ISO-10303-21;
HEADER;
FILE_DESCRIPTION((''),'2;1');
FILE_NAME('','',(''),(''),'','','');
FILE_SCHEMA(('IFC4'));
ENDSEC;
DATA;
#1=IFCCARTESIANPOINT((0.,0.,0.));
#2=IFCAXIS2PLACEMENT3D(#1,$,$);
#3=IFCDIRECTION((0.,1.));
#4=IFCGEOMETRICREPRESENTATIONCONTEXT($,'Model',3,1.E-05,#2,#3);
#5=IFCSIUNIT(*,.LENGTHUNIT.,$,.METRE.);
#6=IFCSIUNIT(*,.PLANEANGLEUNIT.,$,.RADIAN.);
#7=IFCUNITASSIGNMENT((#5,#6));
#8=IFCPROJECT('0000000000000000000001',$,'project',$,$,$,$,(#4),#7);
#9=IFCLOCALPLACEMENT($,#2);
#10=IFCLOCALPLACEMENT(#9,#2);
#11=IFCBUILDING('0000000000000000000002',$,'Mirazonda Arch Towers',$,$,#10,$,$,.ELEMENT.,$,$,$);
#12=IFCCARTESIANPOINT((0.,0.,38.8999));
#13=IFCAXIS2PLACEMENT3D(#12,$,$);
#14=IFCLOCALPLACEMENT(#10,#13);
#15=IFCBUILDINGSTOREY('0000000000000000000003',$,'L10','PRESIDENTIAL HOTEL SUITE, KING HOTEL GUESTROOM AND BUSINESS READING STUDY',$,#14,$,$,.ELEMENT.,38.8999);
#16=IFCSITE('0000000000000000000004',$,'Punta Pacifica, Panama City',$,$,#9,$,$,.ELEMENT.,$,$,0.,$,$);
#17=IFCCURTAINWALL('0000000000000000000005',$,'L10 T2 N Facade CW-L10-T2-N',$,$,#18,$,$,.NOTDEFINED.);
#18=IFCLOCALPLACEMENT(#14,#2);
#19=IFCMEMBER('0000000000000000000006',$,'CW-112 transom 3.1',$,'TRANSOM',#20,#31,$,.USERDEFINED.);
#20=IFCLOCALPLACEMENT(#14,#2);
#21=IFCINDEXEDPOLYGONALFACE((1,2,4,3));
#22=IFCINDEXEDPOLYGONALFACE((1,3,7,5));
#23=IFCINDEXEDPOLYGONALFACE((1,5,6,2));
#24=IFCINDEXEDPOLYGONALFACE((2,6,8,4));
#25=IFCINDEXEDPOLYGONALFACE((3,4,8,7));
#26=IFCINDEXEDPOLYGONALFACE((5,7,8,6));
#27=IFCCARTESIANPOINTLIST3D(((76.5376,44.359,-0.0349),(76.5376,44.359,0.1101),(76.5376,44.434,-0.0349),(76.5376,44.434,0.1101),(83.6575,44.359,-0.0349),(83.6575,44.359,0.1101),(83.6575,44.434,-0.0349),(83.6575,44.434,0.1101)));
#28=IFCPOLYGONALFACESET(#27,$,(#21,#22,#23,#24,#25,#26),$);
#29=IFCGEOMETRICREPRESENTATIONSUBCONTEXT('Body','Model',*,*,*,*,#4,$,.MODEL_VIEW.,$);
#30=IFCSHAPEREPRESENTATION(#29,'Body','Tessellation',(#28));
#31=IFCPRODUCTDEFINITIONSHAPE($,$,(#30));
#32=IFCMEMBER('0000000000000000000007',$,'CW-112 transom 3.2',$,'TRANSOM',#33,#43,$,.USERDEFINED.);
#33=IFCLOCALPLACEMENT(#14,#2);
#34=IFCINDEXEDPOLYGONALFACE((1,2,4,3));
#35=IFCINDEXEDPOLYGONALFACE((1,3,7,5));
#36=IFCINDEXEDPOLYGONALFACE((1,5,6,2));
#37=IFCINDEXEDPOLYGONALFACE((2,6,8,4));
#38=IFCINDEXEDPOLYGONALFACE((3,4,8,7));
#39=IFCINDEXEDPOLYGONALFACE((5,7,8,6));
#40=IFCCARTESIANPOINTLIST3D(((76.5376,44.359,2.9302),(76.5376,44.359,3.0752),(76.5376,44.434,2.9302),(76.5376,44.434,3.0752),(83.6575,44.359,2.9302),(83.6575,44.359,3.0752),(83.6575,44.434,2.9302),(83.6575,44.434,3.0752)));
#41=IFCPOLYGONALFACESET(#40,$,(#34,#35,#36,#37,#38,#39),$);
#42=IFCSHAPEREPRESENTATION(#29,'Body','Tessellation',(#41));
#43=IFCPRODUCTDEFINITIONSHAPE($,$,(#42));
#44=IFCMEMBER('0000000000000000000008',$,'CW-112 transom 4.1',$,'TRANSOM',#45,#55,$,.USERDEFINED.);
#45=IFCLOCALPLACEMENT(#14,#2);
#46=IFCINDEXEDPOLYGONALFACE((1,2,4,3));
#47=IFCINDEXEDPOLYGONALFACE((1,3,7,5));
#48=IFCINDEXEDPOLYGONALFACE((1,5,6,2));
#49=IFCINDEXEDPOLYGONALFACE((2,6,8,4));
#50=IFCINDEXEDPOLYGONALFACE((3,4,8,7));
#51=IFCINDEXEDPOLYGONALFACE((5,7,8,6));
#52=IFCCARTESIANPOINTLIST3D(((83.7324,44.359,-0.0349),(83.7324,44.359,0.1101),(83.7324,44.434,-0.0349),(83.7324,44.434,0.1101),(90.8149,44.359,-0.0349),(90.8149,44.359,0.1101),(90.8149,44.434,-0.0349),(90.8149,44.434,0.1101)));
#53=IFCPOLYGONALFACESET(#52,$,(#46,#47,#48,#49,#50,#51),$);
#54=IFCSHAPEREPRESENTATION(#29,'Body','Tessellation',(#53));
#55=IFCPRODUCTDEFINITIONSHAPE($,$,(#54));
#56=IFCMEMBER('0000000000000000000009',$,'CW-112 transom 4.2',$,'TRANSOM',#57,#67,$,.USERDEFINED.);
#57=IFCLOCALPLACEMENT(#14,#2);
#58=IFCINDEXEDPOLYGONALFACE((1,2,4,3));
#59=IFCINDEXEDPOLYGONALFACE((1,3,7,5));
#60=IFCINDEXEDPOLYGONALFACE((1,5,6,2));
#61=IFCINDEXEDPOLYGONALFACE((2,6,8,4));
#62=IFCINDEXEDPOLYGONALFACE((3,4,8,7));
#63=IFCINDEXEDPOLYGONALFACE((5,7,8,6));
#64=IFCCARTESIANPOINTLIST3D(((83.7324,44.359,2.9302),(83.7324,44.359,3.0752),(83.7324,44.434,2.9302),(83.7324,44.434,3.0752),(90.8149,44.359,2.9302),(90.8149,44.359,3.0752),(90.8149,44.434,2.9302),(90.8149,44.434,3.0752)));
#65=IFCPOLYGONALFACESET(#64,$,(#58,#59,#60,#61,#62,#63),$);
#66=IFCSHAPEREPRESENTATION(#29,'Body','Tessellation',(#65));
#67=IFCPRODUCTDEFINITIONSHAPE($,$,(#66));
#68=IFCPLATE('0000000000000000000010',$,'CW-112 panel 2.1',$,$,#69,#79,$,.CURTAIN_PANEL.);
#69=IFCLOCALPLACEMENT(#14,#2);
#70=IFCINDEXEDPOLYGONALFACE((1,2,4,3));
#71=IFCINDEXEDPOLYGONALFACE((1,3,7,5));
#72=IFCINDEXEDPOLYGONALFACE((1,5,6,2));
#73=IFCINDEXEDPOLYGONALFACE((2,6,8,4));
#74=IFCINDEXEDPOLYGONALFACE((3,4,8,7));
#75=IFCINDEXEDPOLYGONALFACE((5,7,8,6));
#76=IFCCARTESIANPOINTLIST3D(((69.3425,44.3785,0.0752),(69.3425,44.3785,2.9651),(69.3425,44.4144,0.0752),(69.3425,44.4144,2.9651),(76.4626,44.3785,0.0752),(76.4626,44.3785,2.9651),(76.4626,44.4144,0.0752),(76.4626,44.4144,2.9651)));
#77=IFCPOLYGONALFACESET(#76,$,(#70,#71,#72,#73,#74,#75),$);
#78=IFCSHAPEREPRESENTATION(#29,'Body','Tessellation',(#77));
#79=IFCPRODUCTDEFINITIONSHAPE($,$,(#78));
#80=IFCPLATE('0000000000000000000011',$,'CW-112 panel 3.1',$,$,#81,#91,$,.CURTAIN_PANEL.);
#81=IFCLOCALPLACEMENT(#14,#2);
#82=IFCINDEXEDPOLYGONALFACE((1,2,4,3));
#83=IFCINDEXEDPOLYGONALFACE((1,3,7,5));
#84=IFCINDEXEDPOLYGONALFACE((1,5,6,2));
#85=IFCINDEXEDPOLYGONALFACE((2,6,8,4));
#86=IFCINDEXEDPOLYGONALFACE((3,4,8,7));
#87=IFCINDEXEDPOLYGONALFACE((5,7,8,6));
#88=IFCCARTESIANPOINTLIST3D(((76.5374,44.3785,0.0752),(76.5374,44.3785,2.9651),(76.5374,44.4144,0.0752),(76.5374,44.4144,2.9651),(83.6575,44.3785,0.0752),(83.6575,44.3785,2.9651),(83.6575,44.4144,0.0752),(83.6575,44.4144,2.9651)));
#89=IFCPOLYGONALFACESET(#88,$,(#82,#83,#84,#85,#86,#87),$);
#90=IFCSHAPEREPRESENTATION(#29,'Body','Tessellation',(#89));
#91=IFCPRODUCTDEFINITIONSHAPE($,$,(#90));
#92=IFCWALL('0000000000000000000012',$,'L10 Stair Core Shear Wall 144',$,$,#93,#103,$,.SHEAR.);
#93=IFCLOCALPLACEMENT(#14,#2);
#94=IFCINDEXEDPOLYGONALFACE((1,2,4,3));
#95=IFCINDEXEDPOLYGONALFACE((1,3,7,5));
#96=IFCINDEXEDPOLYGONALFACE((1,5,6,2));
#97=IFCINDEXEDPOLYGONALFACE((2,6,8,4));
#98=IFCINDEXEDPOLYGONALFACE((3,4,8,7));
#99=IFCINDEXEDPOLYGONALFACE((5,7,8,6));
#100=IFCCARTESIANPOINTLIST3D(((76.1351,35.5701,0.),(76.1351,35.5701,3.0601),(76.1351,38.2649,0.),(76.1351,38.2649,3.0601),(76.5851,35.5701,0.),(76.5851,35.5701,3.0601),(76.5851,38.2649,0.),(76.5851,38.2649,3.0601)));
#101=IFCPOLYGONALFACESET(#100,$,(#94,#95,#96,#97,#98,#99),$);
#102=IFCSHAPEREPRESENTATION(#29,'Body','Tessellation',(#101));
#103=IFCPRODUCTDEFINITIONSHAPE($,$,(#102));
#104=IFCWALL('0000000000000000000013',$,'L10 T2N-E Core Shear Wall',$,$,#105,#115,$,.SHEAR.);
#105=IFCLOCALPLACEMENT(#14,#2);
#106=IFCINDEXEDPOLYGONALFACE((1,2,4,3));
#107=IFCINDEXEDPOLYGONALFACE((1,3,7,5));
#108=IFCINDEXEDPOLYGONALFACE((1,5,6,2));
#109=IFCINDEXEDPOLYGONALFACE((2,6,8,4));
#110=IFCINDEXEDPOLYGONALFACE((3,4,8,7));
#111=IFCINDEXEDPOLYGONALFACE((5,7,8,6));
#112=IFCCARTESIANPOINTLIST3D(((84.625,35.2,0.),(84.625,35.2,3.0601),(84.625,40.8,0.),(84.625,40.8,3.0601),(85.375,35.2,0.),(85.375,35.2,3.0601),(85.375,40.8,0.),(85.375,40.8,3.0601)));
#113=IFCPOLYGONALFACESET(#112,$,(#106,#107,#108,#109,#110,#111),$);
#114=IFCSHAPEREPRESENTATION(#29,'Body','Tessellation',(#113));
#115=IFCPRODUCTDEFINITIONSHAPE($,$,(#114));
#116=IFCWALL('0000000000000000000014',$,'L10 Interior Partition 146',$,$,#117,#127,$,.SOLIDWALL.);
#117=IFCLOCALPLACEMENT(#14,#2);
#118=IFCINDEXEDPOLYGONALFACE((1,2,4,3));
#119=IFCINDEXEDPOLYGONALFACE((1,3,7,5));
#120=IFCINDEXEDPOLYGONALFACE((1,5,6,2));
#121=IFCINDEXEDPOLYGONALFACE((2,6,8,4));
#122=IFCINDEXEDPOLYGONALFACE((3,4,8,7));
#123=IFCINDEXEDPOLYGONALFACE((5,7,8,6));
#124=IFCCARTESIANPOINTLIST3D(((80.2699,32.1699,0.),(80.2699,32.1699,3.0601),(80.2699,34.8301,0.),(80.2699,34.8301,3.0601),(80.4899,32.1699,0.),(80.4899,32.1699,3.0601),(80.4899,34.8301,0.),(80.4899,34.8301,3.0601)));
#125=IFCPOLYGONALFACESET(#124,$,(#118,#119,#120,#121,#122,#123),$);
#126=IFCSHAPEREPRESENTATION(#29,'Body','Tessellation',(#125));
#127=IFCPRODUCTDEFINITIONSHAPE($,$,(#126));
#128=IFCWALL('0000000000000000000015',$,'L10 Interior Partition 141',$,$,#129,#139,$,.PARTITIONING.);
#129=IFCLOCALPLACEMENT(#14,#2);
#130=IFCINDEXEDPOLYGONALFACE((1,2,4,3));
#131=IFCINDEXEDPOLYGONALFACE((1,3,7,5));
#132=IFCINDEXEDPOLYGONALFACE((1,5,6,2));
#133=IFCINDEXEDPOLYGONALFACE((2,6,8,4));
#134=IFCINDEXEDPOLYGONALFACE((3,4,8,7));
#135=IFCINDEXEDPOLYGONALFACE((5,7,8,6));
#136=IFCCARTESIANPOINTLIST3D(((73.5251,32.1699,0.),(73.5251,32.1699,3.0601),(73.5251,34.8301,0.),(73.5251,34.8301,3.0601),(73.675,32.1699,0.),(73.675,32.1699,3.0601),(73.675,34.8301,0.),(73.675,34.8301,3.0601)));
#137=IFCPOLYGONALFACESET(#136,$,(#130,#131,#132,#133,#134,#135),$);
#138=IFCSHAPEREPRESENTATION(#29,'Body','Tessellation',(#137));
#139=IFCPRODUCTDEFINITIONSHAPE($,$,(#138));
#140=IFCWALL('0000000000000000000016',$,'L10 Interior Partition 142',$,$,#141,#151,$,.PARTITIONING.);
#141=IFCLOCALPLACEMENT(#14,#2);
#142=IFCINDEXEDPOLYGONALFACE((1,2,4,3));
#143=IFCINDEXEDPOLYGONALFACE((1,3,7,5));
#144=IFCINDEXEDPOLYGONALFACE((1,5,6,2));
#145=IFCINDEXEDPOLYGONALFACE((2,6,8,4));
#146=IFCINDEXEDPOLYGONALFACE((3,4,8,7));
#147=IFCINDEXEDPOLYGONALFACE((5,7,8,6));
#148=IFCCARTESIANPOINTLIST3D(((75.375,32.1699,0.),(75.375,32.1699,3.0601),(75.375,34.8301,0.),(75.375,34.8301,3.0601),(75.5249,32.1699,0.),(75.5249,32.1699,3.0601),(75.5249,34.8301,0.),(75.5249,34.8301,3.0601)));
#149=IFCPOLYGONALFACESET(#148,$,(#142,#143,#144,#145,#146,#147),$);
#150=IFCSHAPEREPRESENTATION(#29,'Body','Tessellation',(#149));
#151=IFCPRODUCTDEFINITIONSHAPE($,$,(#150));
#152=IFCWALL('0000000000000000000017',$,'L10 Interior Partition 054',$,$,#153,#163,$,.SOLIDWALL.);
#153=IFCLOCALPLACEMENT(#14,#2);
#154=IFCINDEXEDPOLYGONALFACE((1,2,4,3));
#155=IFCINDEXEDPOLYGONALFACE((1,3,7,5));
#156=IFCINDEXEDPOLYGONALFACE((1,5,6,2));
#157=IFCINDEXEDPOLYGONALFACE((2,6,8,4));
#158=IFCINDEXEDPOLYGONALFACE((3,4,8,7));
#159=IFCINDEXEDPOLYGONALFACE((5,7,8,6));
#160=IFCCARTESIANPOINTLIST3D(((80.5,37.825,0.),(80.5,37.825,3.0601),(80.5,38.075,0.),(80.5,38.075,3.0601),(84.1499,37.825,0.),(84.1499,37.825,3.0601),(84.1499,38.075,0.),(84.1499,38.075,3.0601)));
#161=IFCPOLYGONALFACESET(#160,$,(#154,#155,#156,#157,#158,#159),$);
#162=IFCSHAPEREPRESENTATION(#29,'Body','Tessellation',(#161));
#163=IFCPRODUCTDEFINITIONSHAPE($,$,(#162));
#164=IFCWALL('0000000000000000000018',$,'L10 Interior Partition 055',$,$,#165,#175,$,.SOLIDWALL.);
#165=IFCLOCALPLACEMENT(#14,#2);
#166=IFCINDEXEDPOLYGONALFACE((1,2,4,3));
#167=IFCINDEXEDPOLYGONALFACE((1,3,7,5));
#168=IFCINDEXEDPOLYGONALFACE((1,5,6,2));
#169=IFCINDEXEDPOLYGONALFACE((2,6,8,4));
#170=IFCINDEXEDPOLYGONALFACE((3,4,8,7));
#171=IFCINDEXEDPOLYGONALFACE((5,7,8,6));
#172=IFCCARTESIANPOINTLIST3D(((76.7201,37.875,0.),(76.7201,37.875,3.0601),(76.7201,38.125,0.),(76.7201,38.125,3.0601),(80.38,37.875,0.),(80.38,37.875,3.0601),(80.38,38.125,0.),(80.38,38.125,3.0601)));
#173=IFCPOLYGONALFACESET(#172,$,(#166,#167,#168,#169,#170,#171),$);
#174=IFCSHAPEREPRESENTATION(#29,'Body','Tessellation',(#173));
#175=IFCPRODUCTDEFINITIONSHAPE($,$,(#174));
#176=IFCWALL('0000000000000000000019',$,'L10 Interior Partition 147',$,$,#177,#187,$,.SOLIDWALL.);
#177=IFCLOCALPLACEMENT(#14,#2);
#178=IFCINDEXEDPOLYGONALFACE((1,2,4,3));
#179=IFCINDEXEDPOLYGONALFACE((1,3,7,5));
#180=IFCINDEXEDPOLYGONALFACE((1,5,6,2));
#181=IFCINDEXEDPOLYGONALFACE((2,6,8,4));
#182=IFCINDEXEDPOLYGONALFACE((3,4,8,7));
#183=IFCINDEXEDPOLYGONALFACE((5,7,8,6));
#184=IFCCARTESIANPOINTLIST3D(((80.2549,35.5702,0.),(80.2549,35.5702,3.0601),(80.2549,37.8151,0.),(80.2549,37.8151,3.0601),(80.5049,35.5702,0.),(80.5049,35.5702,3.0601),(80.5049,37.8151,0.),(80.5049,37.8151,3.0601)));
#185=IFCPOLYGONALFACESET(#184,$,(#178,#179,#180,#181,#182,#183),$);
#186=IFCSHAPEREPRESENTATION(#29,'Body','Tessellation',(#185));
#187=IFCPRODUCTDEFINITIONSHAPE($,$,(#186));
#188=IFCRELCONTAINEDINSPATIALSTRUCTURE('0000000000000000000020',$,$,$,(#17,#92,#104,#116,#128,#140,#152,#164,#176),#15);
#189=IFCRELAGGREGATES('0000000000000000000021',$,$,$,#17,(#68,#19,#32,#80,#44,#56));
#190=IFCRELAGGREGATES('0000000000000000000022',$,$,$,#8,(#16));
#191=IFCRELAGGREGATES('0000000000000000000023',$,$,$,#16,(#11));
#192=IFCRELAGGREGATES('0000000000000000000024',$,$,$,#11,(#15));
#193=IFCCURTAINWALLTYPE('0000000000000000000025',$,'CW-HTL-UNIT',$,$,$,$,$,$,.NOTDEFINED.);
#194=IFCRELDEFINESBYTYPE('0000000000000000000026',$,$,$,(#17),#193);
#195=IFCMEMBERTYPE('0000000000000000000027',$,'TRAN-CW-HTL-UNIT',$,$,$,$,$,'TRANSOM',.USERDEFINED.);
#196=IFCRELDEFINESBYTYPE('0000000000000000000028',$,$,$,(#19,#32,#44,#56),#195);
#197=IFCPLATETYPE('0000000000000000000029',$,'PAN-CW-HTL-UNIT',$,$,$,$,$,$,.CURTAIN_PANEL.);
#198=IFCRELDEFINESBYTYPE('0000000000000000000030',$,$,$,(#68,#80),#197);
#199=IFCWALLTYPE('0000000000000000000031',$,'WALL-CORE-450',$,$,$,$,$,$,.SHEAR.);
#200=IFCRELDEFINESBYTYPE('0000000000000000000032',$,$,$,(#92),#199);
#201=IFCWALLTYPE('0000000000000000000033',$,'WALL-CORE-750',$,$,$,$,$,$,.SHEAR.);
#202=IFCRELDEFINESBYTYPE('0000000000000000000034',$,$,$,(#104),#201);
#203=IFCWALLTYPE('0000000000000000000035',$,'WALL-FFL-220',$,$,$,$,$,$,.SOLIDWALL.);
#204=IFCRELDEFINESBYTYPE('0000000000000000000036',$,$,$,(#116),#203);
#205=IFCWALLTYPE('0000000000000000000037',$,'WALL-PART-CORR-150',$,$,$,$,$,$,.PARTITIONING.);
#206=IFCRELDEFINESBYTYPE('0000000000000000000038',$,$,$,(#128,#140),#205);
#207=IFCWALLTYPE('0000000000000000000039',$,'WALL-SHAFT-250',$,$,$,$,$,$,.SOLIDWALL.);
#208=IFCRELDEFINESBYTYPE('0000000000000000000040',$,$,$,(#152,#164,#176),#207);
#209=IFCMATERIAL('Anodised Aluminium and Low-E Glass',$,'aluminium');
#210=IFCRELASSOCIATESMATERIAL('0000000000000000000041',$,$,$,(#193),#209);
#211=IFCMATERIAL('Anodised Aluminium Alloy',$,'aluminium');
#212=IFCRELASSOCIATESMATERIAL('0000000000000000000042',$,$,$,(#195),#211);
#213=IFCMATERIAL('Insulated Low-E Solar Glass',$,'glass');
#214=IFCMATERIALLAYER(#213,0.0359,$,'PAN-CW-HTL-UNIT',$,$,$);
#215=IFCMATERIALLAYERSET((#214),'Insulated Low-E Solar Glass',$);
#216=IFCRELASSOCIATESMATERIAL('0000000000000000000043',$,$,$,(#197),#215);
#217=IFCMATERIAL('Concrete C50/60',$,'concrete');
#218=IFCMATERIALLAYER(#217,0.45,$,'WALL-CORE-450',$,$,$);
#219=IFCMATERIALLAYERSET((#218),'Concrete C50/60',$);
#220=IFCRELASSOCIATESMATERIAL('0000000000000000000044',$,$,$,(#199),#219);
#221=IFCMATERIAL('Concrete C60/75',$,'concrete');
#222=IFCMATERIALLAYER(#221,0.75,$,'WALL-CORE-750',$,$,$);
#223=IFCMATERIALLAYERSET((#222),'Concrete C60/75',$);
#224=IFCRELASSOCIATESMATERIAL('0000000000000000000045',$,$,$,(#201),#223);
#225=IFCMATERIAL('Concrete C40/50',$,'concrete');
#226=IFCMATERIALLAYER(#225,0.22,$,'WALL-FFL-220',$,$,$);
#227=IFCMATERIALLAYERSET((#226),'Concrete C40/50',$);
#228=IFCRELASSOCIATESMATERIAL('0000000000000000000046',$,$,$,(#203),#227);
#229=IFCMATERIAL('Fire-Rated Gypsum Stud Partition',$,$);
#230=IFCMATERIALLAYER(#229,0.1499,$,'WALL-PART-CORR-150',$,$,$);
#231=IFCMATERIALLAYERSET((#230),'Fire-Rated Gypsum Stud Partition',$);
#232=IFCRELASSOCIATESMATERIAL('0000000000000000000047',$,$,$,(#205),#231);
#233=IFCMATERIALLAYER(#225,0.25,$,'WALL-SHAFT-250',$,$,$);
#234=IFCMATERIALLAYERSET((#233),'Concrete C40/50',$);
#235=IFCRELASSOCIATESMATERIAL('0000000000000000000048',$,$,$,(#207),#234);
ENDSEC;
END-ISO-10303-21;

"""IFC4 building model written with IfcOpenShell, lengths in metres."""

from ifc_helpers import new_model, si_unit, direction, frame, frame_2d, origin, origin_2d, place, context, subcontext, project, spatial, rectangle, extrude, material, layer, layer_set, material_profile, profile_set, type_object, element, aggregate, save


model = new_model("IFC4")

# Units and contexts
model_context = context("Model", 3, precision=1e-05, world=origin(), true_north=direction((0.0, 1.0)))
body_context = subcontext(model_context, "Body", "Model", "MODEL_VIEW")
ifc_project = project(units=[si_unit("LENGTHUNIT", "METRE"), si_unit("PLANEANGLEUNIT", "RADIAN")], contexts=[model_context])

# Site, building, storey
site_placement = place(None, origin())
site = spatial("IfcSite", under=ifc_project, at=site_placement, Name="Punta Pacifica, Panama City", CompositionType="ELEMENT", RefElevation=0.0)
building_placement = place(site_placement, origin())
building = spatial("IfcBuilding", under=site, at=building_placement, Name="Mirazonda Arch Towers", CompositionType="ELEMENT")
storey_placement = place(building_placement, frame((0.0, 0.0, 38.8999)))
storey = spatial("IfcBuildingStorey", under=building, at=storey_placement, Name="L10", Description="PRESIDENTIAL HOTEL SUITE, KING HOTEL GUESTROOM AND BUSINESS READING STUDY", CompositionType="ELEMENT", Elevation=38.8999)

# Shared definitions
ifc_material_1 = material(Name="Concrete C60/75", Category="concrete")

# Curtain wall, members, plates
ifc_material_2 = material(Name="Anodised Aluminium and Low-E Glass", Category="aluminium")
curtain_wall_type = type_object("IfcCurtainWallType", Name="CW-HTL-UNIT", PredefinedType="NOTDEFINED", material=ifc_material_2)
curtain_wall_placement = place(storey_placement, origin())
curtain_wall = element("IfcCurtainWall", 1, at=curtain_wall_placement, inside=storey, type_object=curtain_wall_type, Name="L10 T2 N Facade CW-L10-T2-N", PredefinedType="NOTDEFINED")
ifc_material_3 = material(Name="Anodised Aluminium Alloy", Category="aluminium")
ifc_material_profile_1 = material_profile(ifc_material_3, rectangle(XDim=0.075, YDim=0.145, at=origin_2d()), Name="ALU-TRAN-75x145")
ifc_profile_set_1 = profile_set([ifc_material_profile_1], Name="Anodised Aluminium Alloy")
member_type_1 = type_object("IfcMemberType", Name="TRAN-CW-HTL-UNIT", ElementType="TRANSOM", PredefinedType="USERDEFINED", material=ifc_profile_set_1)
member_1_placement = place(storey_placement, frame((76.5376, 44.3965, 0.0376), z_axis=(1.0, 0.0, 0.0), x_axis=(0.0, 1.0, 0.0)))
member_1 = element("IfcMember", 2, at=member_1_placement, type_object=member_type_1, Name="CW-112 transom 3.1", ObjectType="TRANSOM", PredefinedType="USERDEFINED", context=body_context, shape_type="SweptSolid", body=[
    extrude(rectangle(XDim=0.075, YDim=0.145, at=origin_2d()), origin(), (0.0, 0.0, 1.0), 7.1199),
])
member_2_placement = place(storey_placement, frame((76.5376, 44.3965, 3.0027), z_axis=(1.0, 0.0, 0.0), x_axis=(0.0, 1.0, 0.0)))
member_2 = element("IfcMember", 3, at=member_2_placement, type_object=member_type_1, Name="CW-112 transom 3.2", ObjectType="TRANSOM", PredefinedType="USERDEFINED", context=body_context, shape_type="SweptSolid", body=[
    extrude(rectangle(XDim=0.075, YDim=0.145, at=origin_2d()), origin(), (0.0, 0.0, 1.0), 7.1199),
])
member_3_placement = place(storey_placement, frame((83.7324, 44.3965, 0.0376), z_axis=(1.0, 0.0, 0.0), x_axis=(0.0, 1.0, 0.0)))
member_3 = element("IfcMember", 4, at=member_3_placement, type_object=member_type_1, Name="CW-112 transom 4.1", ObjectType="TRANSOM", PredefinedType="USERDEFINED", context=body_context, shape_type="SweptSolid", body=[
    extrude(rectangle(XDim=0.075, YDim=0.145, at=origin_2d()), origin(), (0.0, 0.0, 1.0), 7.0825),
])
member_4_placement = place(storey_placement, frame((83.7324, 44.3965, 3.0027), z_axis=(1.0, 0.0, 0.0), x_axis=(0.0, 1.0, 0.0)))
member_4 = element("IfcMember", 5, at=member_4_placement, type_object=member_type_1, Name="CW-112 transom 4.2", ObjectType="TRANSOM", PredefinedType="USERDEFINED", context=body_context, shape_type="SweptSolid", body=[
    extrude(rectangle(XDim=0.075, YDim=0.145, at=origin_2d()), origin(), (0.0, 0.0, 1.0), 7.0825),
])
ifc_material_4 = material(Name="Insulated Low-E Solar Glass", Category="glass")
ifc_layer_1 = layer(ifc_material_4, 0.0359, Name="PAN-CW-HTL-UNIT")
ifc_layer_set_1 = layer_set([ifc_layer_1], Name="Insulated Low-E Solar Glass")
plate_type = type_object("IfcPlateType", Name="PAN-CW-HTL-UNIT", PredefinedType="CURTAIN_PANEL", material=ifc_layer_set_1)
plate_1_placement = place(storey_placement, frame((72.9026, 44.3965, 0.0752), z_axis=(0.0, 0.0, 1.0), x_axis=(1.0, 0.0, 0.0)))
plate_1 = element("IfcPlate", 6, at=plate_1_placement, type_object=plate_type, Name="CW-112 panel 2.1", PredefinedType="CURTAIN_PANEL", context=body_context, shape_type="SweptSolid", body=[
    extrude(rectangle(XDim=7.1201, YDim=0.0359, at=origin_2d()), origin(), (0.0, 0.0, 1.0), 2.8899),
])
plate_2_placement = place(storey_placement, frame((80.0974, 44.3965, 0.0752), z_axis=(0.0, 0.0, 1.0), x_axis=(1.0, 0.0, 0.0)))
plate_2 = element("IfcPlate", 7, at=plate_2_placement, type_object=plate_type, Name="CW-112 panel 3.1", PredefinedType="CURTAIN_PANEL", context=body_context, shape_type="SweptSolid", body=[
    extrude(rectangle(XDim=7.1201, YDim=0.0359, at=origin_2d()), origin(), (0.0, 0.0, 1.0), 2.8899),
])
aggregate(curtain_wall, [plate_1, member_1, member_2, plate_2, member_3, member_4])

# Walls
ifc_material_5 = material(Name="Concrete C50/60", Category="concrete")
ifc_layer_2 = layer(ifc_material_5, 0.45, Name="WALL-CORE-450")
ifc_layer_set_2 = layer_set([ifc_layer_2], Name="Concrete C50/60")
wall_type_1 = type_object("IfcWallType", Name="WALL-CORE-450", PredefinedType="SHEAR", material=ifc_layer_set_2)
wall_1_placement = place(storey_placement, frame((76.3601, 35.5701, 0.0), z_axis=(0.0, 0.0, 1.0), x_axis=(0.0, 1.0, 0.0)))
element("IfcWall", 8, at=wall_1_placement, inside=storey, type_object=wall_type_1, Name="L10 Stair Core Shear Wall 144", PredefinedType="SHEAR", context=body_context, shape_type="SweptSolid", body=[
    extrude(rectangle(XDim=2.6948, YDim=0.45, at=frame_2d((1.3474, 0.0))), origin(), (0.0, 0.0, 1.0), 3.0601),
])
ifc_layer_3 = layer(ifc_material_1, 0.75, Name="WALL-CORE-750")
ifc_layer_set_3 = layer_set([ifc_layer_3], Name="Concrete C60/75")
wall_type_2 = type_object("IfcWallType", Name="WALL-CORE-750", PredefinedType="SHEAR", material=ifc_layer_set_3)
wall_2_placement = place(storey_placement, frame((85.0, 35.2, 0.0), z_axis=(0.0, 0.0, 1.0), x_axis=(0.0, 1.0, 0.0)))
element("IfcWall", 9, at=wall_2_placement, inside=storey, type_object=wall_type_2, Name="L10 T2N-E Core Shear Wall", PredefinedType="SHEAR", context=body_context, shape_type="SweptSolid", body=[
    extrude(rectangle(XDim=5.6001, YDim=0.75, at=frame_2d((2.8, 0.0))), origin(), (0.0, 0.0, 1.0), 3.0601),
])
ifc_material_6 = material(Name="Concrete C40/50", Category="concrete")
ifc_layer_4 = layer(ifc_material_6, 0.22, Name="WALL-FFL-220")
ifc_layer_set_4 = layer_set([ifc_layer_4], Name="Concrete C40/50")
wall_type_3 = type_object("IfcWallType", Name="WALL-FFL-220", PredefinedType="SOLIDWALL", material=ifc_layer_set_4)
wall_3_placement = place(storey_placement, frame((80.3799, 32.1699, 0.0), z_axis=(0.0, 0.0, 1.0), x_axis=(0.0, 1.0, 0.0)))
element("IfcWall", 10, at=wall_3_placement, inside=storey, type_object=wall_type_3, Name="L10 Interior Partition 146", PredefinedType="SOLIDWALL", context=body_context, shape_type="SweptSolid", body=[
    extrude(rectangle(XDim=2.6602, YDim=0.22, at=frame_2d((1.3301, 0.0))), origin(), (0.0, 0.0, 1.0), 3.0601),
])
ifc_material_7 = material(Name="Fire-Rated Gypsum Stud Partition")
ifc_layer_5 = layer(ifc_material_7, 0.1499, Name="WALL-PART-CORR-150")
ifc_layer_set_5 = layer_set([ifc_layer_5], Name="Fire-Rated Gypsum Stud Partition")
wall_type_4 = type_object("IfcWallType", Name="WALL-PART-CORR-150", PredefinedType="PARTITIONING", material=ifc_layer_set_5)
for number, where, z_axis, x_axis, name in (
    (11, (73.6001, 32.1699, 0.0), (0.0, 0.0, 1.0), (0.0, 1.0, 0.0), "L10 Interior Partition 141"),
    (12, (75.45, 32.1699, 0.0), (0.0, 0.0, 1.0), (0.0, 1.0, 0.0), "L10 Interior Partition 142"),
):
    element("IfcWall", number, at=place(storey_placement, frame(where, z_axis=z_axis, x_axis=x_axis)), inside=storey, type_object=wall_type_4, Name=name, PredefinedType="PARTITIONING", context=body_context, shape_type="SweptSolid", body=[
        extrude(rectangle(XDim=2.6602, YDim=0.1499, at=frame_2d((1.3301, 0.0))), origin(), (0.0, 0.0, 1.0), 3.0601),
    ])
ifc_layer_6 = layer(ifc_material_6, 0.25, Name="WALL-SHAFT-250")
ifc_layer_set_6 = layer_set([ifc_layer_6], Name="Concrete C40/50")
wall_type_5 = type_object("IfcWallType", Name="WALL-SHAFT-250", PredefinedType="SOLIDWALL", material=ifc_layer_set_6)
wall_4_placement = place(storey_placement, frame((80.5, 37.95, 0.0), z_axis=(0.0, 0.0, 1.0), x_axis=(1.0, 0.0, 0.0)))
element("IfcWall", 13, at=wall_4_placement, inside=storey, type_object=wall_type_5, Name="L10 Interior Partition 054", PredefinedType="SOLIDWALL", context=body_context, shape_type="SweptSolid", body=[
    extrude(rectangle(XDim=3.6499, YDim=0.25, at=frame_2d((1.825, 0.0))), origin(), (0.0, 0.0, 1.0), 3.0601),
])
wall_5_placement = place(storey_placement, frame((76.72, 38.0, 0.0), z_axis=(0.0, 0.0, 1.0), x_axis=(1.0, 0.0, 0.0)))
element("IfcWall", 14, at=wall_5_placement, inside=storey, type_object=wall_type_5, Name="L10 Interior Partition 055", PredefinedType="SOLIDWALL", context=body_context, shape_type="SweptSolid", body=[
    extrude(rectangle(XDim=3.6599, YDim=0.25, at=frame_2d((1.8301, 0.0))), origin(), (0.0, 0.0, 1.0), 3.0601),
])
for number, where, z_axis, x_axis, name in (
    (15, (80.3799, 35.5701, 0.0), (0.0, 0.0, 1.0), (0.0, 1.0, 0.0), "L10 Interior Partition 147"),
):
    element("IfcWall", number, at=place(storey_placement, frame(where, z_axis=z_axis, x_axis=x_axis)), inside=storey, type_object=wall_type_5, Name=name, PredefinedType="SOLIDWALL", context=body_context, shape_type="SweptSolid", body=[
        extrude(rectangle(XDim=2.2449, YDim=0.25, at=frame_2d((1.1226, 0.0))), origin(), (0.0, 0.0, 1.0), 3.0601),
    ])

save(model, "model.ifc")
